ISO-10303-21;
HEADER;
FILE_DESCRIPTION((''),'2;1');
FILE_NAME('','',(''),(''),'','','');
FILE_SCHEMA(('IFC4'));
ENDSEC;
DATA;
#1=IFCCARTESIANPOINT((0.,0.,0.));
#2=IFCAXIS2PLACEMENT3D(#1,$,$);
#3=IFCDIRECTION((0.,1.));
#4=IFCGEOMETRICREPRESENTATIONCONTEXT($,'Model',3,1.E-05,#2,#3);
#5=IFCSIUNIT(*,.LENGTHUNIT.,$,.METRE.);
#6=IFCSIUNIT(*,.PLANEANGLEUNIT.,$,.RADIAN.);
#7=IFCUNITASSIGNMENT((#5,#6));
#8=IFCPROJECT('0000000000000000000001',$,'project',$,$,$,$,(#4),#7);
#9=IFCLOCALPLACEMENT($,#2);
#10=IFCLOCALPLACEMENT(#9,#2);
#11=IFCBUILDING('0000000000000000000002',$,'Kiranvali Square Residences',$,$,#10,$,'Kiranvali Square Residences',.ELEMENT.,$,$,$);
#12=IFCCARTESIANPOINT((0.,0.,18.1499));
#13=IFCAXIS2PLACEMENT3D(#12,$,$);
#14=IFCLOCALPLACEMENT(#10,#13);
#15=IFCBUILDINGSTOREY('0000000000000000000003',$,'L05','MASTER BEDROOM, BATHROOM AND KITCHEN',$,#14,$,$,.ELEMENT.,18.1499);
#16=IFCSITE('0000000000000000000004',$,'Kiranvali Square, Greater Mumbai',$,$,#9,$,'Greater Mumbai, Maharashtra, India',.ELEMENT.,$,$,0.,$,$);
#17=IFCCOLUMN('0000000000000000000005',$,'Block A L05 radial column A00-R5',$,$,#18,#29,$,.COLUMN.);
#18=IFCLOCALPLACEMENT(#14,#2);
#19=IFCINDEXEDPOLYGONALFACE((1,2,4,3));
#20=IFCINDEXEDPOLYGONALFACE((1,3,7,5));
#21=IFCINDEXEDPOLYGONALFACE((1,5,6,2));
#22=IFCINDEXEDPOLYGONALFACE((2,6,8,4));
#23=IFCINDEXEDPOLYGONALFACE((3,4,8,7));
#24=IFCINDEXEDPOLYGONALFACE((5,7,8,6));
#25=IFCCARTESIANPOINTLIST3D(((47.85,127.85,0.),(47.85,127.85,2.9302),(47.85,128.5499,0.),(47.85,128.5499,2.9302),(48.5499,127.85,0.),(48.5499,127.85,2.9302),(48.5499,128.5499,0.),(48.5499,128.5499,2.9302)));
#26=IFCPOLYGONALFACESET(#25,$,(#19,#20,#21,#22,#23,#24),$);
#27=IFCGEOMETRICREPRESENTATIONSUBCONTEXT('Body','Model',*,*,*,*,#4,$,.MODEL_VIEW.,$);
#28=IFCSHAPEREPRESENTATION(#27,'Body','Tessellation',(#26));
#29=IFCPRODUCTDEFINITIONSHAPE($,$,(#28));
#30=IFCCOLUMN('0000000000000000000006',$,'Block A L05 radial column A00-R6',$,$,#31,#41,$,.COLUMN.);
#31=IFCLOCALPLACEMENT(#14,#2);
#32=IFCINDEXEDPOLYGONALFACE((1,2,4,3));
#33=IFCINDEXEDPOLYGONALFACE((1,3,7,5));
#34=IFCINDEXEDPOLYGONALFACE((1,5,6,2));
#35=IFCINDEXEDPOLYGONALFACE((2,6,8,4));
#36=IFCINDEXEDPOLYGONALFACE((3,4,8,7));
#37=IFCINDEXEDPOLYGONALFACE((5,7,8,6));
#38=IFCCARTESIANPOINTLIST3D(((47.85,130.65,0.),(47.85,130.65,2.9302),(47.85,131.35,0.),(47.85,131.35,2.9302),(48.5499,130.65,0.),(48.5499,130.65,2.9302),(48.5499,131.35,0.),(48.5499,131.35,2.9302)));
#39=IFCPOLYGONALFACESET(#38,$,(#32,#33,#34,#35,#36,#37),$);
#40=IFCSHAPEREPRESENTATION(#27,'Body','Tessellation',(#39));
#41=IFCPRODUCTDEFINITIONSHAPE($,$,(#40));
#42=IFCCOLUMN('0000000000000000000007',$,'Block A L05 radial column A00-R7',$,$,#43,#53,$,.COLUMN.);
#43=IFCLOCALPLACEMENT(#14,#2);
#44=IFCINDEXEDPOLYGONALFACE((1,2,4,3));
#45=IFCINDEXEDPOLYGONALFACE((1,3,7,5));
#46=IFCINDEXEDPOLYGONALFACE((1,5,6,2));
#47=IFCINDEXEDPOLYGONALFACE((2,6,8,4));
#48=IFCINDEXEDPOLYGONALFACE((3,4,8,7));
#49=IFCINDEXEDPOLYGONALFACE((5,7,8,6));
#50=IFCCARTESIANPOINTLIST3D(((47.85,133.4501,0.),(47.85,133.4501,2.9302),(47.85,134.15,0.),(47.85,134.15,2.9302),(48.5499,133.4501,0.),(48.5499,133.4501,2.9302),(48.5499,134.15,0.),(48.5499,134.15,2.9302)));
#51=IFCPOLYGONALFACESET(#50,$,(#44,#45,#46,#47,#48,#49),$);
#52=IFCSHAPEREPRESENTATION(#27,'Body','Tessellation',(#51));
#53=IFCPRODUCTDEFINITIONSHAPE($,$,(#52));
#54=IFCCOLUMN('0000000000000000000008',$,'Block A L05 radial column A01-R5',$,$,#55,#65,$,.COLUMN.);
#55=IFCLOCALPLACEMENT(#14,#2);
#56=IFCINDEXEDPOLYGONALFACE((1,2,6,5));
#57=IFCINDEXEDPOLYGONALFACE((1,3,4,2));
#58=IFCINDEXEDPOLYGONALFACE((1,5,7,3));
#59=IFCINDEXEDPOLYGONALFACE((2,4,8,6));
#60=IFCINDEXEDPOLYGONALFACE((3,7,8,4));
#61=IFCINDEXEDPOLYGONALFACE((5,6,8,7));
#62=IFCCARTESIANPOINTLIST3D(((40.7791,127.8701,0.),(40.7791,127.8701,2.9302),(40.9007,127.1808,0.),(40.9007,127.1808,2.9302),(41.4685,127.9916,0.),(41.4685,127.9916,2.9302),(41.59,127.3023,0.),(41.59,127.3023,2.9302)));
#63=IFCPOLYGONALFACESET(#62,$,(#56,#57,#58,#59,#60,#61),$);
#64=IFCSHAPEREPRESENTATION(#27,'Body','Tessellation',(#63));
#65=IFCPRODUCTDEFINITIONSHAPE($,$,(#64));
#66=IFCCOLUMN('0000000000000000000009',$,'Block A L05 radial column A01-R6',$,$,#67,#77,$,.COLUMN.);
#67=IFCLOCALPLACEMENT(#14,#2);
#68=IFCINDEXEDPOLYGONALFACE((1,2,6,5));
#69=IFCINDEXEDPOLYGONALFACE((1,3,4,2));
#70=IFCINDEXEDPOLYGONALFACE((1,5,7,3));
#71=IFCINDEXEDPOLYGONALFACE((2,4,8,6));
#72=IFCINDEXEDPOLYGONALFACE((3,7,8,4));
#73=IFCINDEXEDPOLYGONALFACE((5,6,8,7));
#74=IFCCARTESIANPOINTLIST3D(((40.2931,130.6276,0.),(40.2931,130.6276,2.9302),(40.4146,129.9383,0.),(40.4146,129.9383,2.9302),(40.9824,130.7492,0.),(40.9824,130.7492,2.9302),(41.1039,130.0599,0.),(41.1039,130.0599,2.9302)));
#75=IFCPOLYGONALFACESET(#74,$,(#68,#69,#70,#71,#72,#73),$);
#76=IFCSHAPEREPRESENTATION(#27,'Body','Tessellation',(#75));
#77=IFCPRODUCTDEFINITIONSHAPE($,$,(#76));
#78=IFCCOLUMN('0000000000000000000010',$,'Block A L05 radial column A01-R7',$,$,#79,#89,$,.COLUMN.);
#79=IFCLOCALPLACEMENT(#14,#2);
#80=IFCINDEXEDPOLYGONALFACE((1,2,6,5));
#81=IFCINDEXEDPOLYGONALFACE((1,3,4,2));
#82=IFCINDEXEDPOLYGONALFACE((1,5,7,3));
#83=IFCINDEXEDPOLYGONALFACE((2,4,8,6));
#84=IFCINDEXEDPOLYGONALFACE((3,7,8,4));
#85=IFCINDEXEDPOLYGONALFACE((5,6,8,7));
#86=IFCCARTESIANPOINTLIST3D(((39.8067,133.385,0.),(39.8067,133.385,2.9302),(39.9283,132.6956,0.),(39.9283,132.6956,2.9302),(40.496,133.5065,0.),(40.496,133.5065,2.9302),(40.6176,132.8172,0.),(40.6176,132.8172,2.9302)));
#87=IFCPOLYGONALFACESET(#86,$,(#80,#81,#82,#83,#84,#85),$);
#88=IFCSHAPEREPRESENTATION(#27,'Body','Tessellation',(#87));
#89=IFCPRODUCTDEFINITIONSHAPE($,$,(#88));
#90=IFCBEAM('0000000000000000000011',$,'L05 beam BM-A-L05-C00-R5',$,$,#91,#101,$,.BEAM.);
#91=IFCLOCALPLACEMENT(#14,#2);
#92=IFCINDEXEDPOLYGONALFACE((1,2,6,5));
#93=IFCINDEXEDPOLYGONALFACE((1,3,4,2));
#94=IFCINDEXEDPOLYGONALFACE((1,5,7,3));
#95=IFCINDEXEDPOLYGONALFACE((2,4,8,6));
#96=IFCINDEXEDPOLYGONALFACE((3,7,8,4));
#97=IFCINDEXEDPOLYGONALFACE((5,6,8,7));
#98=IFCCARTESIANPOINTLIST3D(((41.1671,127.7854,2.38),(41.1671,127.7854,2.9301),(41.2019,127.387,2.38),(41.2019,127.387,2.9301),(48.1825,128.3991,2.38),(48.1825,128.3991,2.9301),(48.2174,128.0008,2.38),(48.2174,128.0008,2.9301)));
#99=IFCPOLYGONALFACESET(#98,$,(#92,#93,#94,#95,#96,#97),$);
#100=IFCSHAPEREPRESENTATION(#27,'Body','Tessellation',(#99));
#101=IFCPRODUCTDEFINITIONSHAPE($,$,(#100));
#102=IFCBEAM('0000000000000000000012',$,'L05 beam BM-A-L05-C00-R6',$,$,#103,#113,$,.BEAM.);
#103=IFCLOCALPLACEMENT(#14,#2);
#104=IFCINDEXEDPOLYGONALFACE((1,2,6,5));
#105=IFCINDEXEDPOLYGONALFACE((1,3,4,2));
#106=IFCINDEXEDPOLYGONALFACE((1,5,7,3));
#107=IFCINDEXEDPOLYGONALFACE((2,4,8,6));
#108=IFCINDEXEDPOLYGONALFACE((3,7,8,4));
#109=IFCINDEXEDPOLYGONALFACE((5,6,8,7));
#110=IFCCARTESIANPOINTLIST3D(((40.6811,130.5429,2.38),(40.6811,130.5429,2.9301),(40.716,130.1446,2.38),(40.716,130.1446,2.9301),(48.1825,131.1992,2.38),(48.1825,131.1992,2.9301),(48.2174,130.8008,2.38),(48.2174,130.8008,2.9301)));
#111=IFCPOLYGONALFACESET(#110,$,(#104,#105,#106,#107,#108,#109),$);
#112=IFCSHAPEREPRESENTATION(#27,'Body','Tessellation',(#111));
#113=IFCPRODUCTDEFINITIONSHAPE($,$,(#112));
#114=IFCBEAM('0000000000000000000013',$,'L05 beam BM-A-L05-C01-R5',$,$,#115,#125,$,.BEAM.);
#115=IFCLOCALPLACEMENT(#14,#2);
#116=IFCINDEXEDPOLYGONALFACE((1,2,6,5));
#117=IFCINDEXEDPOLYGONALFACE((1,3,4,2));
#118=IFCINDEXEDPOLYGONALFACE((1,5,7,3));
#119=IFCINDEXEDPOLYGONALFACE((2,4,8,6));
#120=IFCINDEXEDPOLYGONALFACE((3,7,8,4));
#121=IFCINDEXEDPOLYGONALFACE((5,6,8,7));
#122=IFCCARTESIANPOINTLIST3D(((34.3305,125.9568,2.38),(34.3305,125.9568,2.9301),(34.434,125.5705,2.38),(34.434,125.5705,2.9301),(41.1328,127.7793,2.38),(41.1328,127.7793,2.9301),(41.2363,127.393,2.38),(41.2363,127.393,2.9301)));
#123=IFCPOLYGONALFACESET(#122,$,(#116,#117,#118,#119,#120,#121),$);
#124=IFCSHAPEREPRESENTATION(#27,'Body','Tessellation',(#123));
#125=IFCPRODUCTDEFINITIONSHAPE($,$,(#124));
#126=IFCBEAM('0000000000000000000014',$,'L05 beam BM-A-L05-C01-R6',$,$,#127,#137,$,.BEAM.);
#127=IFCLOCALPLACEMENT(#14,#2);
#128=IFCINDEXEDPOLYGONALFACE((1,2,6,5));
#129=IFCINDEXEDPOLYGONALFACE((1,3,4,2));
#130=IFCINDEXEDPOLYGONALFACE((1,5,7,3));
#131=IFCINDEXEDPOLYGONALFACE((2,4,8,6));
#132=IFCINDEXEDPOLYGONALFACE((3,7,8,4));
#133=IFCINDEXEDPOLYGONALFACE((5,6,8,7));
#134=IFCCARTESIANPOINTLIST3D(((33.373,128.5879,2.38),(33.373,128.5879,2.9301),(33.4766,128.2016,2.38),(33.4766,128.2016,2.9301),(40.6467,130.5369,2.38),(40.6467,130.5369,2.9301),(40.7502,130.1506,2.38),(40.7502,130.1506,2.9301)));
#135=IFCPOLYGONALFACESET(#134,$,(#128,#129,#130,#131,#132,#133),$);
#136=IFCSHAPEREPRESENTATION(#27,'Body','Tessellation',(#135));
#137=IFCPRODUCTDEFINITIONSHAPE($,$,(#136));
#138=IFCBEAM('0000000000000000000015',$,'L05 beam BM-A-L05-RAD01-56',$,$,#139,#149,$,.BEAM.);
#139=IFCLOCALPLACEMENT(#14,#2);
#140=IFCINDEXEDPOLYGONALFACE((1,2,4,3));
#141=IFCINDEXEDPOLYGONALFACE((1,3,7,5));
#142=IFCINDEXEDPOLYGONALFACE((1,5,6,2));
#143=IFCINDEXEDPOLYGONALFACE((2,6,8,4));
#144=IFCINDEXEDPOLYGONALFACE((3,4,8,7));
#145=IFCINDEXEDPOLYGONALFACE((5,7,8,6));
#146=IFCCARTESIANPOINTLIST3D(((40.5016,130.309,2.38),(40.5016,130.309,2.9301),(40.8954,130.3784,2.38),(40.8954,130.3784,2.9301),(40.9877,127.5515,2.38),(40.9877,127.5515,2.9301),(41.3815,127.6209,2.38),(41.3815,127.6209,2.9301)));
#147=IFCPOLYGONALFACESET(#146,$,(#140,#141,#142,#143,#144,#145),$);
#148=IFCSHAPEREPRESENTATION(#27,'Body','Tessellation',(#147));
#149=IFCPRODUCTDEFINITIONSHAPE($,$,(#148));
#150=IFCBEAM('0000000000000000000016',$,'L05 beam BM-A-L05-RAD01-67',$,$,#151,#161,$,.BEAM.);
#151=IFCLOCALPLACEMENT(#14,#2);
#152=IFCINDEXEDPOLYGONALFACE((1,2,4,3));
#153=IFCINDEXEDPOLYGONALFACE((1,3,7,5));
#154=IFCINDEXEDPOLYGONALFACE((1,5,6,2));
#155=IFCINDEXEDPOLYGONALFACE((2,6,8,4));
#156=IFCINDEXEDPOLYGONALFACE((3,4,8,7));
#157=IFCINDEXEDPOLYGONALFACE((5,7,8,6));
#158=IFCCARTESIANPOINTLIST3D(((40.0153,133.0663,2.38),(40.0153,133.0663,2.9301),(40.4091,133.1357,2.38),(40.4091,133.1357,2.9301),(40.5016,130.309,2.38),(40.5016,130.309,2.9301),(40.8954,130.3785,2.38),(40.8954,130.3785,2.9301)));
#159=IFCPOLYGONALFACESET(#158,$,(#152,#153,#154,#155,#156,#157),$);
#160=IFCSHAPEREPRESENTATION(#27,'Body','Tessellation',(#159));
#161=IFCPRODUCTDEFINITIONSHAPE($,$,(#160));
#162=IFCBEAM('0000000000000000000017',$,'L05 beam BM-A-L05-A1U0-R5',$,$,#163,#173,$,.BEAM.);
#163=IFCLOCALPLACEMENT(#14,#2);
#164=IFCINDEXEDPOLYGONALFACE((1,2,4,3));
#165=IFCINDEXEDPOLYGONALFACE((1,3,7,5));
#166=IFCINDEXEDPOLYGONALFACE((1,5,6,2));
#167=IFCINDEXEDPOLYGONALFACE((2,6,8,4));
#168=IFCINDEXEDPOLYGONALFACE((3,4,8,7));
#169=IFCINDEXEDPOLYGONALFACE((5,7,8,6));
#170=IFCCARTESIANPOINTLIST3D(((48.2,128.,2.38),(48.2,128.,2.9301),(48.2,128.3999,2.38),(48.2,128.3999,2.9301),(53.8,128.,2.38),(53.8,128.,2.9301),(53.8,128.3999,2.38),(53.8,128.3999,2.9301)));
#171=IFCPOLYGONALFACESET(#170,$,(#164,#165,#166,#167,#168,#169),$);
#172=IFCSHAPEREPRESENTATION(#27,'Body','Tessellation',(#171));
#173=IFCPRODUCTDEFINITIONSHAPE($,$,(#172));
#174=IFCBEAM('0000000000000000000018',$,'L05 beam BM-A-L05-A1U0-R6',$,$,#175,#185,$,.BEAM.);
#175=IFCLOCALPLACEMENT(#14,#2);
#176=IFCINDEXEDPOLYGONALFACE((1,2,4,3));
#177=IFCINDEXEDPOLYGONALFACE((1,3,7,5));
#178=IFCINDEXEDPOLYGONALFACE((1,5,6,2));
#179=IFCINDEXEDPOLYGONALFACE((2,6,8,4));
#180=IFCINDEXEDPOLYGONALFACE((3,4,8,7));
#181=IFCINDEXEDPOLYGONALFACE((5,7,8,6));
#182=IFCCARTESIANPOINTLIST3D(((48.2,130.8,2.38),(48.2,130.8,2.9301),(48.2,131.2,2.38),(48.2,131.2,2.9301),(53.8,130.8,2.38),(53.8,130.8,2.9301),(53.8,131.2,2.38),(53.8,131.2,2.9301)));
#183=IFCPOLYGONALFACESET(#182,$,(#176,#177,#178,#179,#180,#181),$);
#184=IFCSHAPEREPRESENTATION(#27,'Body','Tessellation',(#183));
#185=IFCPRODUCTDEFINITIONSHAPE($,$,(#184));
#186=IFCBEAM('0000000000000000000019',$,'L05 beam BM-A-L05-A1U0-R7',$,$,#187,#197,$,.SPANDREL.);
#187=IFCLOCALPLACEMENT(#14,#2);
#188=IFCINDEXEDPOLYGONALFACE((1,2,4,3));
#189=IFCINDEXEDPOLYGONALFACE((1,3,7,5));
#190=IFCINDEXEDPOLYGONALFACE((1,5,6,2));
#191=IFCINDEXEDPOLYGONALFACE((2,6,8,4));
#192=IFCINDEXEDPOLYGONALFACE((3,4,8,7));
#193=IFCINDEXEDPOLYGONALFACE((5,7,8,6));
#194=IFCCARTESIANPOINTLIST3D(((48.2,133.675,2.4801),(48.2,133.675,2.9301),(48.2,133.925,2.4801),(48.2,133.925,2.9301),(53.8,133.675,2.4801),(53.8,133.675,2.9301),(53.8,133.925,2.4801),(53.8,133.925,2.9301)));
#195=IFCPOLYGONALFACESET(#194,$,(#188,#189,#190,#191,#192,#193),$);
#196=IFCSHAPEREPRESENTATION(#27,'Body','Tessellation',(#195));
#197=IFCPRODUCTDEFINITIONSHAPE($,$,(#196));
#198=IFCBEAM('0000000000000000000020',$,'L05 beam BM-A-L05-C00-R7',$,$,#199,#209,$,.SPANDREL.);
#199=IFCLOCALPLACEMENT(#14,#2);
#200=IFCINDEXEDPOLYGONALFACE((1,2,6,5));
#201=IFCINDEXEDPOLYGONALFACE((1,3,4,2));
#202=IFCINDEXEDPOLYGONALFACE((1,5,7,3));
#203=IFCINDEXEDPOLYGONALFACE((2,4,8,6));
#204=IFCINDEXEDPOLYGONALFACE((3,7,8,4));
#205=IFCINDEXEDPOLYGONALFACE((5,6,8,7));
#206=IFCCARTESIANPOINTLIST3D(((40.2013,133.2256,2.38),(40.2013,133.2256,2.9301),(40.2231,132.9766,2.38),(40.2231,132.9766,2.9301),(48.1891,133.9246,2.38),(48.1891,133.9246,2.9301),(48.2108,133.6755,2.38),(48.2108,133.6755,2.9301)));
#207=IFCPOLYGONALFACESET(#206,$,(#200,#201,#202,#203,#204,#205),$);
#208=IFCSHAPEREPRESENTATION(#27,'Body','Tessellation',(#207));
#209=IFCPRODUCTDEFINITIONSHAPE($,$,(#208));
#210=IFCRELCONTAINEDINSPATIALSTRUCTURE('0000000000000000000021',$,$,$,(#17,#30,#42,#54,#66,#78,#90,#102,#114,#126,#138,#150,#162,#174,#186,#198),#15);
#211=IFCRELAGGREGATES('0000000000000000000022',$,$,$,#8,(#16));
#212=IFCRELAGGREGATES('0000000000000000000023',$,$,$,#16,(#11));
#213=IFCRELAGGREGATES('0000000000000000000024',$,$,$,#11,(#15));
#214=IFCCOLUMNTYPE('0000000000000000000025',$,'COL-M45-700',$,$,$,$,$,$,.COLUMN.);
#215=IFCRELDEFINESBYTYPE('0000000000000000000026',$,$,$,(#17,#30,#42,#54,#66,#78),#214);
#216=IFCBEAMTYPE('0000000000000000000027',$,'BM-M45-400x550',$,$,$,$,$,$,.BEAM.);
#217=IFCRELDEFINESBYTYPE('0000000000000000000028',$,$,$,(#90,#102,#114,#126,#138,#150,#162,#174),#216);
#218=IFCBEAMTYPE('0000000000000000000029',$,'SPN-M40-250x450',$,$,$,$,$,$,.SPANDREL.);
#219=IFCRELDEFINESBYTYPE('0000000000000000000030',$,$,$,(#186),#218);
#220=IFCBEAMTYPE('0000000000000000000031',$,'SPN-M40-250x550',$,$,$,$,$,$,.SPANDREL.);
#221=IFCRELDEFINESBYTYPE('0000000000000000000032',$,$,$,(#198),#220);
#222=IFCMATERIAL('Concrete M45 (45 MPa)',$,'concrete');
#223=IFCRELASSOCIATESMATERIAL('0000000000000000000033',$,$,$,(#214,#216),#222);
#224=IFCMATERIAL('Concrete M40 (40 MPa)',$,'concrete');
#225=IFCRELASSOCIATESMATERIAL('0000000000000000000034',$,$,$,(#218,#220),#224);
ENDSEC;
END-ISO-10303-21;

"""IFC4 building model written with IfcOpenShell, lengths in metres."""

from ifc_helpers import new_model, si_unit, direction, frame, origin, origin_2d, place, context, subcontext, project, spatial, rectangle, extrude, material, material_profile, profile_set, type_object, element, save


model = new_model("IFC4")

# Units and contexts
model_context = context("Model", 3, precision=1e-05, world=origin(), true_north=direction((0.0, 1.0)))
body_context = subcontext(model_context, "Body", "Model", "MODEL_VIEW")
ifc_project = project(units=[si_unit("LENGTHUNIT", "METRE"), si_unit("PLANEANGLEUNIT", "RADIAN")], contexts=[model_context])

# Site, building, storey
site_placement = place(None, origin())
site = spatial("IfcSite", under=ifc_project, at=site_placement, Name="Kiranvali Square, Greater Mumbai", LongName="Greater Mumbai, Maharashtra, India", CompositionType="ELEMENT", RefElevation=0.0)
building_placement = place(site_placement, origin())
building = spatial("IfcBuilding", under=site, at=building_placement, Name="Kiranvali Square Residences", LongName="Kiranvali Square Residences", CompositionType="ELEMENT")
storey_placement = place(building_placement, frame((0.0, 0.0, 18.1499)))
storey = spatial("IfcBuildingStorey", under=building, at=storey_placement, Name="L05", Description="MASTER BEDROOM, BATHROOM AND KITCHEN", CompositionType="ELEMENT", Elevation=18.1499)

# Columns
ifc_material_1 = material(Name="Concrete M45 (45 MPa)", Category="concrete")
ifc_material_profile_1 = material_profile(ifc_material_1, rectangle(XDim=0.7, YDim=0.7, at=origin_2d()), Name="RC 700x700")
ifc_profile_set_1 = profile_set([ifc_material_profile_1], Name="Concrete M45 (45 MPa)")
column_type = type_object("IfcColumnType", Name="COL-M45-700", PredefinedType="COLUMN", material=ifc_profile_set_1)
for number, where, z_axis, x_axis, name in (
    (1, (48.2, 128.2, 0.0), (0.0, 0.0, 1.0), (1.0, 0.0, 0.0), "Block A L05 radial column A00-R5"),
    (2, (48.2, 131.0, 0.0), (0.0, 0.0, 1.0), (1.0, 0.0, 0.0), "Block A L05 radial column A00-R6"),
    (3, (48.2, 133.8, 0.0), (0.0, 0.0, 1.0), (1.0, 0.0, 0.0), "Block A L05 radial column A00-R7"),
    (4, (41.1846, 127.5862, 0.0), (0.0, 0.0, 1.0), (0.984808, 0.173648, 0.0), "Block A L05 radial column A01-R5"),
    (5, (40.6985, 130.3438, 0.0), (0.0, 0.0, 1.0), (0.984808, 0.173648, 0.0), "Block A L05 radial column A01-R6"),
    (6, (40.2122, 133.1011, 0.0), (0.0, 0.0, 1.0), (0.984808, 0.173648, 0.0), "Block A L05 radial column A01-R7"),
):
    element("IfcColumn", number, at=place(storey_placement, frame(where, z_axis=z_axis, x_axis=x_axis)), inside=storey, type_object=column_type, Name=name, PredefinedType="COLUMN", context=body_context, shape_type="SweptSolid", body=[
        extrude(rectangle(XDim=0.7, YDim=0.7, at=origin_2d()), origin(), (0.0, 0.0, 1.0), 2.9302),
    ])

# Beams
ifc_material_profile_2 = material_profile(ifc_material_1, rectangle(XDim=0.3999, YDim=0.55, at=origin_2d()), Name="RC 400x550")
ifc_profile_set_2 = profile_set([ifc_material_profile_2], Name="Concrete M45 (45 MPa)")
beam_type_1 = type_object("IfcBeamType", Name="BM-M45-400x550", PredefinedType="BEAM", material=ifc_profile_set_2)
beam_1_placement = place(storey_placement, frame((48.2, 128.2, 2.655), z_axis=(-0.996195, -0.087156, 0.0), x_axis=(0.087156, -0.996195, 0.0)))
element("IfcBeam", 7, at=beam_1_placement, inside=storey, type_object=beam_type_1, Name="L05 beam BM-A-L05-C00-R5", PredefinedType="BEAM", context=body_context, shape_type="SweptSolid", body=[
    extrude(rectangle(XDim=0.3999, YDim=0.55, at=origin_2d()), origin(), (0.0, 0.0, 1.0), 7.0422),
])
beam_2_placement = place(storey_placement, frame((48.2, 131.0, 2.655), z_axis=(-0.996195, -0.08715, 0.0), x_axis=(0.08715, -0.996195, 0.0)))
element("IfcBeam", 8, at=beam_2_placement, inside=storey, type_object=beam_type_1, Name="L05 beam BM-A-L05-C00-R6", PredefinedType="BEAM", context=body_context, shape_type="SweptSolid", body=[
    extrude(rectangle(XDim=0.3999, YDim=0.55, at=origin_2d()), origin(), (0.0, 0.0, 1.0), 7.53),
])
beam_3_placement = place(storey_placement, frame((41.1846, 127.5862, 2.655), z_axis=(-0.965931, -0.2588, 0.0), x_axis=(0.2588, -0.965931, 0.0)))
element("IfcBeam", 9, at=beam_3_placement, inside=storey, type_object=beam_type_1, Name="L05 beam BM-A-L05-C01-R5", PredefinedType="BEAM", context=body_context, shape_type="SweptSolid", body=[
    extrude(rectangle(XDim=0.3999, YDim=0.55, at=origin_2d()), origin(), (0.0, 0.0, 1.0), 7.0422),
])
beam_4_placement = place(storey_placement, frame((40.6985, 130.3438, 2.655), z_axis=(-0.965926, -0.258819, 0.0), x_axis=(0.258819, -0.965926, 0.0)))
element("IfcBeam", 10, at=beam_4_placement, inside=storey, type_object=beam_type_1, Name="L05 beam BM-A-L05-C01-R6", PredefinedType="BEAM", context=body_context, shape_type="SweptSolid", body=[
    extrude(rectangle(XDim=0.3999, YDim=0.55, at=origin_2d()), origin(), (0.0, 0.0, 1.0), 7.5303),
])
beam_5_placement = place(storey_placement, frame((41.1846, 127.5862, 2.655), z_axis=(-0.173596, 0.984817, 0.0), x_axis=(-0.984817, -0.173596, 0.0)))
element("IfcBeam", 11, at=beam_5_placement, inside=storey, type_object=beam_type_1, Name="L05 beam BM-A-L05-RAD01-56", PredefinedType="BEAM", context=body_context, shape_type="SweptSolid", body=[
    extrude(rectangle(XDim=0.3999, YDim=0.55, at=origin_2d()), origin(), (0.0, 0.0, 1.0), 2.8),
])
beam_6_placement = place(storey_placement, frame((40.6985, 130.3438, 2.655), z_axis=(-0.173696, 0.984799, 0.0), x_axis=(-0.984799, -0.173696, 0.0)))
element("IfcBeam", 12, at=beam_6_placement, inside=storey, type_object=beam_type_1, Name="L05 beam BM-A-L05-RAD01-67", PredefinedType="BEAM", context=body_context, shape_type="SweptSolid", body=[
    extrude(rectangle(XDim=0.3999, YDim=0.55, at=origin_2d()), origin(), (0.0, 0.0, 1.0), 2.7998),
])
for number, where, z_axis, x_axis, name in (
    (13, (48.2, 128.2, 2.655), (1.0, 0.0, 0.0), (0.0, 1.0, 0.0), "L05 beam BM-A-L05-A1U0-R5"),
    (14, (48.2, 131.0, 2.655), (1.0, 0.0, 0.0), (0.0, 1.0, 0.0), "L05 beam BM-A-L05-A1U0-R6"),
):
    element("IfcBeam", number, at=place(storey_placement, frame(where, z_axis=z_axis, x_axis=x_axis)), inside=storey, type_object=beam_type_1, Name=name, PredefinedType="BEAM", context=body_context, shape_type="SweptSolid", body=[
        extrude(rectangle(XDim=0.3999, YDim=0.55, at=origin_2d()), origin(), (0.0, 0.0, 1.0), 5.6001),
    ])
ifc_material_2 = material(Name="Concrete M40 (40 MPa)", Category="concrete")
ifc_material_profile_3 = material_profile(ifc_material_2, rectangle(XDim=0.25, YDim=0.45, at=origin_2d()), Name="RC 250x450")
ifc_profile_set_3 = profile_set([ifc_material_profile_3], Name="Concrete M40 (40 MPa)")
beam_type_2 = type_object("IfcBeamType", Name="SPN-M40-250x450", PredefinedType="SPANDREL", material=ifc_profile_set_3)
beam_7_placement = place(storey_placement, frame((48.2, 133.8, 2.7051), z_axis=(1.0, 0.0, 0.0), x_axis=(0.0, 1.0, 0.0)))
element("IfcBeam", 15, at=beam_7_placement, inside=storey, type_object=beam_type_2, Name="L05 beam BM-A-L05-A1U0-R7", PredefinedType="SPANDREL", context=body_context, shape_type="SweptSolid", body=[
    extrude(rectangle(XDim=0.25, YDim=0.45, at=origin_2d()), origin(), (0.0, 0.0, 1.0), 5.6001),
])
ifc_material_profile_4 = material_profile(ifc_material_2, rectangle(XDim=0.25, YDim=0.55, at=origin_2d()), Name="RC 250x550")
ifc_profile_set_4 = profile_set([ifc_material_profile_4], Name="Concrete M40 (40 MPa)")
beam_type_3 = type_object("IfcBeamType", Name="SPN-M40-250x550", PredefinedType="SPANDREL", material=ifc_profile_set_4)
for number, where, z_axis, x_axis, name in (
    (16, (48.2, 133.8, 2.655), (-0.996193, -0.087172, 0.0), (0.087172, -0.996193, 0.0), "L05 beam BM-A-L05-C00-R7"),
):
    element("IfcBeam", number, at=place(storey_placement, frame(where, z_axis=z_axis, x_axis=x_axis)), inside=storey, type_object=beam_type_3, Name=name, PredefinedType="SPANDREL", context=body_context, shape_type="SweptSolid", body=[
        extrude(rectangle(XDim=0.25, YDim=0.55, at=origin_2d()), origin(), (0.0, 0.0, 1.0), 8.0183),
    ])

save(model, "model.ifc")
